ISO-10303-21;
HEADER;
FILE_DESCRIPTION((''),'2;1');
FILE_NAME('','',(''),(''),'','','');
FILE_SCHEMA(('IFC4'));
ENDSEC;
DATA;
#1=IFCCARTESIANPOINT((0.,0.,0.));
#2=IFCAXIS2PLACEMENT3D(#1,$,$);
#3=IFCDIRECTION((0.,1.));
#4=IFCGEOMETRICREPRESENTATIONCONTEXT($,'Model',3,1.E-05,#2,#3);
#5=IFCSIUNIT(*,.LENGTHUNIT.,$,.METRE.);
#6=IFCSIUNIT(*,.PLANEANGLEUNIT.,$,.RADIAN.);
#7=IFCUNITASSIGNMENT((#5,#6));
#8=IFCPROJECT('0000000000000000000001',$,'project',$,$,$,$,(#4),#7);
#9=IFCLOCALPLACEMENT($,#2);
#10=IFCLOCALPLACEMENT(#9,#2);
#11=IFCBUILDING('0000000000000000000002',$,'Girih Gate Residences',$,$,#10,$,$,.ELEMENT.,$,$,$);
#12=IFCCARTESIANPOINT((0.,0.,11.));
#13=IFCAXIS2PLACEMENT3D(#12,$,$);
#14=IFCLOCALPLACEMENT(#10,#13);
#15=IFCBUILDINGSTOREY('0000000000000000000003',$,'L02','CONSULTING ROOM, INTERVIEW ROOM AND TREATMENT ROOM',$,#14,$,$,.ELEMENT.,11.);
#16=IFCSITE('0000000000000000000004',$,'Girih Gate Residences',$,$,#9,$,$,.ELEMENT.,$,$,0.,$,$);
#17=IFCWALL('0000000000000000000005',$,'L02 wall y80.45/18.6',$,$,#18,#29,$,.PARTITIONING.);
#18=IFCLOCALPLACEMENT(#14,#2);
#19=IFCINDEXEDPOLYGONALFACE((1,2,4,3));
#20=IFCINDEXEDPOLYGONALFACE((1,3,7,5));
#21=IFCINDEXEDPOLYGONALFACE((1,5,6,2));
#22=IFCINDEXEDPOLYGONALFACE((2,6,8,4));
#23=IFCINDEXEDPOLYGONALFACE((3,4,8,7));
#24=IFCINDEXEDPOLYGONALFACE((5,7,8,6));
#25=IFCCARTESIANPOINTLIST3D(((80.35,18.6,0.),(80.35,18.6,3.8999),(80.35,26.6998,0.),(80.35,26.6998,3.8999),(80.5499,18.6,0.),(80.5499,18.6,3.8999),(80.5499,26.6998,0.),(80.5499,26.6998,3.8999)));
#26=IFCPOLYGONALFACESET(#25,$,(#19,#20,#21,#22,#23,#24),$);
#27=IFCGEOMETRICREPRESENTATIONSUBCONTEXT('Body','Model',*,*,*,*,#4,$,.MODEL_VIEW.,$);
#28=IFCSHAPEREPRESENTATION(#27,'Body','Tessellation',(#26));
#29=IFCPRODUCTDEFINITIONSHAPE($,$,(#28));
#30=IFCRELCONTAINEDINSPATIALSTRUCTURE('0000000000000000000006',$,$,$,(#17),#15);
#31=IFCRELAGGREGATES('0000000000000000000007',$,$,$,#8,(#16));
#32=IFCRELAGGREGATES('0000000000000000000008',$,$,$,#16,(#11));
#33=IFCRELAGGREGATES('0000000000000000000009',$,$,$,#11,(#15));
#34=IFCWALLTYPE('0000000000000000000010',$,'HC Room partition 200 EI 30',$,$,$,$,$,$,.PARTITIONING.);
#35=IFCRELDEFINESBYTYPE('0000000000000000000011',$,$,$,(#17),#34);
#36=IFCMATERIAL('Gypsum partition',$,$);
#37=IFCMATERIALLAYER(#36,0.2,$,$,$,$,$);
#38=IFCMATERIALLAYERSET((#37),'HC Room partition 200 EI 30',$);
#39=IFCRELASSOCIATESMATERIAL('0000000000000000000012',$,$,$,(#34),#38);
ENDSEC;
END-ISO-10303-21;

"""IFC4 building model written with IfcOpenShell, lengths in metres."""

from ifc_helpers import new_model, si_unit, direction, frame, frame_2d, origin, place, context, subcontext, project, spatial, rectangle, extrude, material, layer, layer_set, type_object, element, save


model = new_model("IFC4")

# Units and contexts
model_context = context("Model", 3, precision=1e-05, world=origin(), true_north=direction((0.0, 1.0)))
body_context = subcontext(model_context, "Body", "Model", "MODEL_VIEW")
ifc_project = project(units=[si_unit("LENGTHUNIT", "METRE"), si_unit("PLANEANGLEUNIT", "RADIAN")], contexts=[model_context])

# Site, building, storey
site_placement = place(None, origin())
site = spatial("IfcSite", under=ifc_project, at=site_placement, Name="Girih Gate Residences", CompositionType="ELEMENT", RefElevation=0.0)
building_placement = place(site_placement, origin())
building = spatial("IfcBuilding", under=site, at=building_placement, Name="Girih Gate Residences", CompositionType="ELEMENT")
storey_placement = place(building_placement, frame((0.0, 0.0, 11.0)))
storey = spatial("IfcBuildingStorey", under=building, at=storey_placement, Name="L02", Description="CONSULTING ROOM, INTERVIEW ROOM AND TREATMENT ROOM", CompositionType="ELEMENT", Elevation=11.0)

# Wall
ifc_material_1 = material(Name="Gypsum partition")
ifc_layer_1 = layer(ifc_material_1, 0.2)
ifc_layer_set_1 = layer_set([ifc_layer_1], Name="HC Room partition 200 EI 30")
wall_type_1 = type_object("IfcWallType", Name="HC Room partition 200 EI 30", PredefinedType="PARTITIONING", material=ifc_layer_set_1)
wall_1_placement = place(storey_placement, frame((80.45, 18.6001, 0.0), z_axis=(0.0, 0.0, 1.0), x_axis=(0.0, 1.0, 0.0)))
element("IfcWall", 1, at=wall_1_placement, inside=storey, type_object=wall_type_1, Name="L02 wall y80.45/18.6", PredefinedType="PARTITIONING", context=body_context, shape_type="SweptSolid", body=[
    extrude(rectangle(XDim=8.0999, YDim=0.2, at=frame_2d((4.0498, 0.0))), origin(), (0.0, 0.0, 1.0), 3.8999),
])

save(model, "model.ifc")
